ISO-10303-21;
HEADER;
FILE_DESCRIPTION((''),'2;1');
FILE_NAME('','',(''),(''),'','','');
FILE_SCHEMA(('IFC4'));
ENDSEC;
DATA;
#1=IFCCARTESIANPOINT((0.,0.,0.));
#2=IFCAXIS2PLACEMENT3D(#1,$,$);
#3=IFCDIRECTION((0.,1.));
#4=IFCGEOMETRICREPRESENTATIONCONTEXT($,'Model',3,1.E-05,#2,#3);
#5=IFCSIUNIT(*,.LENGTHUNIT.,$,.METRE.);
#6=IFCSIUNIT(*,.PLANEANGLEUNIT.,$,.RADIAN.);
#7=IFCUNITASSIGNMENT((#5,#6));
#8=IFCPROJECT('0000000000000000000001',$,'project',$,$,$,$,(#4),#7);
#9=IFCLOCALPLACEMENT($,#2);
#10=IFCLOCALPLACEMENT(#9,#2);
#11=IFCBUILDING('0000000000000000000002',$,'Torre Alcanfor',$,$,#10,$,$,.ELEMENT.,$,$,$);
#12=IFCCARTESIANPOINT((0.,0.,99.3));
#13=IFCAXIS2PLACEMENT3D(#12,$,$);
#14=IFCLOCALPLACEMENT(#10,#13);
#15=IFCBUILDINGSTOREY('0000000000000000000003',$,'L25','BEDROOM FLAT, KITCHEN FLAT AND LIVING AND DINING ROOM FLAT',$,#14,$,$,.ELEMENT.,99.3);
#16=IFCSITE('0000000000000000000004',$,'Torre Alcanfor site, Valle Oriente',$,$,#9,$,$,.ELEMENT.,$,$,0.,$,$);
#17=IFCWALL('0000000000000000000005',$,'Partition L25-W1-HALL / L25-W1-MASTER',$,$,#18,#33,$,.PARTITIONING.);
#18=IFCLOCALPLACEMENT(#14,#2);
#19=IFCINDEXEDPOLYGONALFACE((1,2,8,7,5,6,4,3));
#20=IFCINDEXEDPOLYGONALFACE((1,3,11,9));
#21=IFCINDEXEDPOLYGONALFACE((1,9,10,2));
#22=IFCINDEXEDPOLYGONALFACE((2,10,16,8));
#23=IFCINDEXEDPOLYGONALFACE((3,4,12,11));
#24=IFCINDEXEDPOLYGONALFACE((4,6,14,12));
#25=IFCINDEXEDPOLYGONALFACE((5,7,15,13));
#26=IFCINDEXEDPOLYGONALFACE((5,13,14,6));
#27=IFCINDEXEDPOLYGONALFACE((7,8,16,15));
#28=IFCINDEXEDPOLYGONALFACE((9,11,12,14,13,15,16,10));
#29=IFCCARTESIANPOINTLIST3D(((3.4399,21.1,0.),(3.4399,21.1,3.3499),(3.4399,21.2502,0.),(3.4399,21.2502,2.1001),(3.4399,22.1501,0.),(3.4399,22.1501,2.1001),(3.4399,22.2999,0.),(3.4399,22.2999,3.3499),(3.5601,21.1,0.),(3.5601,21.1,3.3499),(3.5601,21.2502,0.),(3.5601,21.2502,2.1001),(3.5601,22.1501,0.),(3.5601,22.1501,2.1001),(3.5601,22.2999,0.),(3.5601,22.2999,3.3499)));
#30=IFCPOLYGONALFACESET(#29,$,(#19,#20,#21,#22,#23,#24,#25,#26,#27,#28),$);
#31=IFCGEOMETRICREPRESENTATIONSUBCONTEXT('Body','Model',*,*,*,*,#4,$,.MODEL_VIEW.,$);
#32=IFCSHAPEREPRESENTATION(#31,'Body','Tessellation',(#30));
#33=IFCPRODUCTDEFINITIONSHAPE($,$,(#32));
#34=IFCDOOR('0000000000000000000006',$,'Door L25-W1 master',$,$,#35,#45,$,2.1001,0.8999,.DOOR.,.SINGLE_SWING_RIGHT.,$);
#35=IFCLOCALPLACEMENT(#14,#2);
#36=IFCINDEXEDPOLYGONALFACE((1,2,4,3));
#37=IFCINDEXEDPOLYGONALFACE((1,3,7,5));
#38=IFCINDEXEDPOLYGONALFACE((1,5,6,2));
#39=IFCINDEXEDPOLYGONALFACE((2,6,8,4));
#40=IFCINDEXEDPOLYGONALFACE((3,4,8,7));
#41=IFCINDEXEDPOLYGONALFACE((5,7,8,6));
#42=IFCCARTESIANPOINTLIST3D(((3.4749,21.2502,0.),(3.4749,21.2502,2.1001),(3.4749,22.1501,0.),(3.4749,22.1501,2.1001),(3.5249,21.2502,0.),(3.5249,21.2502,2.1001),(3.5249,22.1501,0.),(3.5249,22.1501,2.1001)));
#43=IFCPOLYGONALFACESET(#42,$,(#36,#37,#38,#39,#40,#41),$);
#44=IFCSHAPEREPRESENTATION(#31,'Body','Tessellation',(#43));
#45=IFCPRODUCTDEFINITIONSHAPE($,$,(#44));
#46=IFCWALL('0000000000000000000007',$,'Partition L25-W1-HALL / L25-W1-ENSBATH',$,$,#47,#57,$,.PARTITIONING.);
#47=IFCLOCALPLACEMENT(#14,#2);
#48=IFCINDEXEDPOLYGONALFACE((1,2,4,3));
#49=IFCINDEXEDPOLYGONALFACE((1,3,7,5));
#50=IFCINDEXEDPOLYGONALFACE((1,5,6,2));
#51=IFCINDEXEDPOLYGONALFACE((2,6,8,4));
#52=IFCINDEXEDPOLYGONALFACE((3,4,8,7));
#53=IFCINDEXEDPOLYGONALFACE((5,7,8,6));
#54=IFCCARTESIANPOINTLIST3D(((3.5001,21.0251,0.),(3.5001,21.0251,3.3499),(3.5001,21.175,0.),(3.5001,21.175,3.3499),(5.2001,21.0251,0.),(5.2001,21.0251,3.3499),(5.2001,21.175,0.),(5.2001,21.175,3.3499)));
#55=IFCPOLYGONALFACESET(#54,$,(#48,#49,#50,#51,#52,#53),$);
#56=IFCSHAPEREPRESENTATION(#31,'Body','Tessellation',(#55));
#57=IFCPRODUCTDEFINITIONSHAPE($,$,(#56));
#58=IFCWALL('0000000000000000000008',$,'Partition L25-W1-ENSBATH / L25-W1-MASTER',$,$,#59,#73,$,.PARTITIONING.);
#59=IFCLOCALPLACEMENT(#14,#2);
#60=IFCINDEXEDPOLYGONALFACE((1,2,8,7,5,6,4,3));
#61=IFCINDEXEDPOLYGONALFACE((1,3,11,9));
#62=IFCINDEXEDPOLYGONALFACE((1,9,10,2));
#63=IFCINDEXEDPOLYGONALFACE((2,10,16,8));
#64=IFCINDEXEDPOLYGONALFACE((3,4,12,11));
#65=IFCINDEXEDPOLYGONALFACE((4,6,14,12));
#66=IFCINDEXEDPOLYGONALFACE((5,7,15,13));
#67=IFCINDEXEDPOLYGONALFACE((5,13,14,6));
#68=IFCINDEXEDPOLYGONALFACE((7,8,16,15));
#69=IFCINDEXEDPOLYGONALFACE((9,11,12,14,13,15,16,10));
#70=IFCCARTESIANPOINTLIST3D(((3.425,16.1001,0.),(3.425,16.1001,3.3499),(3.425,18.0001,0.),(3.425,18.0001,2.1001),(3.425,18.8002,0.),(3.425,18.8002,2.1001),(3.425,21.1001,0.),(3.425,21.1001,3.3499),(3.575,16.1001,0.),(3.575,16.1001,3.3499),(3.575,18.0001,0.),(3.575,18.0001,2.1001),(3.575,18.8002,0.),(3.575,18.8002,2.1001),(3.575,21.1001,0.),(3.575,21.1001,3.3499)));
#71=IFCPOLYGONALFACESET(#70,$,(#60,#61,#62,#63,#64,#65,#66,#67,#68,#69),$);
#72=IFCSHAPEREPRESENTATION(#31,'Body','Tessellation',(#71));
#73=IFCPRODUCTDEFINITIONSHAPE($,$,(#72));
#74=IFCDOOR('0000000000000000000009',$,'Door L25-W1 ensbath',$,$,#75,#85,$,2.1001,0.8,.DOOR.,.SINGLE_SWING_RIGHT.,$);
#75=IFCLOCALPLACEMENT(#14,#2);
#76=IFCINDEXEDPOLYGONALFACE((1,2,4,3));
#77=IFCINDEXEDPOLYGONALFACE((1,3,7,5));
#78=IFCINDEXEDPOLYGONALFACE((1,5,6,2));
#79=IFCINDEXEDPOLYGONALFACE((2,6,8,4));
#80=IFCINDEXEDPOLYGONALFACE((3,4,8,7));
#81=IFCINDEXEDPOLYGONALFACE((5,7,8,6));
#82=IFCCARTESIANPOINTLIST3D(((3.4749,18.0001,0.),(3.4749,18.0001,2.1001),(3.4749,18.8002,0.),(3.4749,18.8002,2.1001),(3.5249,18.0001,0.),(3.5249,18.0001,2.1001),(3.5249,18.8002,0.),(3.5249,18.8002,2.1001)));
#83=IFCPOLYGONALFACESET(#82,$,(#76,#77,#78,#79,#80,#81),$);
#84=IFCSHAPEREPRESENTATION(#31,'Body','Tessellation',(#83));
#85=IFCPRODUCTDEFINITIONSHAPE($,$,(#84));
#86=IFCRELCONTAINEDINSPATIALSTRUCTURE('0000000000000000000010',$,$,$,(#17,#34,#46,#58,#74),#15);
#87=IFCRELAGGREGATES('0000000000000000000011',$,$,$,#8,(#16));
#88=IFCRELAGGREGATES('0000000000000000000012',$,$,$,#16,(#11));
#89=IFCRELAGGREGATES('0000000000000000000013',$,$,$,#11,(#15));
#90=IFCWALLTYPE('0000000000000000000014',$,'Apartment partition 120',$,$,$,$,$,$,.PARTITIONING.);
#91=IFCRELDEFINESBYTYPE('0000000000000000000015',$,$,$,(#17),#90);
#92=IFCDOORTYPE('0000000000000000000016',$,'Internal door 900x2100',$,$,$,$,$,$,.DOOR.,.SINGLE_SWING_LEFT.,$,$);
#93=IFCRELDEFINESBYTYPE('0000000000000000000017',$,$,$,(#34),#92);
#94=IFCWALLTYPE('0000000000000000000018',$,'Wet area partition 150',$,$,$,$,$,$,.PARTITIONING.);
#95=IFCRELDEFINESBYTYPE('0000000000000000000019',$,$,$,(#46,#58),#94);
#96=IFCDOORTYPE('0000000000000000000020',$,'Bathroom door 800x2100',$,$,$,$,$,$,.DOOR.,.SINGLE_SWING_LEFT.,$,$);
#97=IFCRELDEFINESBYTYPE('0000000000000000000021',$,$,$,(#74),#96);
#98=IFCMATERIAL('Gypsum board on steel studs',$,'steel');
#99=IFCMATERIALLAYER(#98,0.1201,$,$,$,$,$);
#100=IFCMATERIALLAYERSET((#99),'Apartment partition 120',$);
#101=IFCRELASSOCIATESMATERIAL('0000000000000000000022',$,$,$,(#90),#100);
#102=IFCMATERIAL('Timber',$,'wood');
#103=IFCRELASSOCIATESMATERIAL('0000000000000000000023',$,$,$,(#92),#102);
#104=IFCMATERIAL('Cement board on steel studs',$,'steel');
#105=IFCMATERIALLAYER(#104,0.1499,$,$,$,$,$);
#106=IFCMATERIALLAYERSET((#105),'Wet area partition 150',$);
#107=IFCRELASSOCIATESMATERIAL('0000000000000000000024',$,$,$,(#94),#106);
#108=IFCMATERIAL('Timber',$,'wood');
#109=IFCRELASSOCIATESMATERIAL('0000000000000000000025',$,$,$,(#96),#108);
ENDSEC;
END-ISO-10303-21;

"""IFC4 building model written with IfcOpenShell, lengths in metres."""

from ifc_helpers import new_model, si_unit, direction, frame, frame_2d, origin, place, context, subcontext, project, spatial, rectangle, extrude, material, layer, layer_set, type_object, element, fill, save


model = new_model("IFC4")

# Units and contexts
model_context = context("Model", 3, precision=1e-05, world=origin(), true_north=direction((0.0, 1.0)))
body_context = subcontext(model_context, "Body", "Model", "MODEL_VIEW")
ifc_project = project(units=[si_unit("LENGTHUNIT", "METRE"), si_unit("PLANEANGLEUNIT", "RADIAN")], contexts=[model_context])

# Site, building, storey
site_placement = place(None, origin())
site = spatial("IfcSite", under=ifc_project, at=site_placement, Name="Torre Alcanfor site, Valle Oriente", CompositionType="ELEMENT", RefElevation=0.0)
building_placement = place(site_placement, origin())
building = spatial("IfcBuilding", under=site, at=building_placement, Name="Torre Alcanfor", CompositionType="ELEMENT")
storey_placement = place(building_placement, frame((0.0, 0.0, 99.3)))
storey = spatial("IfcBuildingStorey", under=building, at=storey_placement, Name="L25", Description="BEDROOM FLAT, KITCHEN FLAT AND LIVING AND DINING ROOM FLAT", CompositionType="ELEMENT", Elevation=99.3)

# Shared definitions
ifc_material_1 = material(Name="Gypsum board on steel studs", Category="steel")
ifc_layer_1 = layer(ifc_material_1, 0.1201)
ifc_layer_set_1 = layer_set([ifc_layer_1], Name="Apartment partition 120")
wall_type_1 = type_object("IfcWallType", Name="Apartment partition 120", PredefinedType="PARTITIONING", material=ifc_layer_set_1)

# Wall, opening, door
wall_1_placement = place(storey_placement, frame((3.5, 22.3, 0.0), z_axis=(0.0, 0.0, 1.0), x_axis=(0.0, -1.0, 0.0)))
wall_1 = element("IfcWall", 1, at=wall_1_placement, inside=storey, type_object=wall_type_1, Name="Partition L25-W1-HALL / L25-W1-MASTER", PredefinedType="PARTITIONING", context=body_context, shape_type="SweptSolid", body=[
    extrude(rectangle(XDim=1.2, YDim=0.1201, at=frame_2d((0.6001, 0.0))), origin(), (0.0, 0.0, 1.0), 3.3499),
])
opening_1_placement = place(wall_1_placement, frame((0.1499, 0.0, 0.0)))
opening_1 = element("IfcOpeningElement", 2, at=opening_1_placement, cuts=wall_1, PredefinedType="OPENING", context=body_context, shape_type="SweptSolid", body=[
    extrude(rectangle(XDim=0.8999, YDim=2.1001, at=frame_2d((0.45, 1.05))), frame((0.0, 0.0701, 0.0), z_axis=(0.0, -1.0, 0.0), x_axis=(1.0, 0.0, 0.0)), (0.0, 0.0, 1.0), 0.1401),
])
ifc_material_2 = material(Name="Timber", Category="wood")
door_type_1 = type_object("IfcDoorType", Name="Internal door 900x2100", OperationType="SINGLE_SWING_LEFT", PredefinedType="DOOR", material=ifc_material_2)
door_1_placement = place(opening_1_placement, frame((0.8999, 0.0, 0.0), z_axis=(0.0, 0.0, 1.0), x_axis=(-1.0, 0.0, 0.0)))
door_1 = element("IfcDoor", 3, at=door_1_placement, inside=storey, type_object=door_type_1, Name="Door L25-W1 master", OperationType="SINGLE_SWING_RIGHT", OverallHeight=2.1001, OverallWidth=0.8999, PredefinedType="DOOR", context=body_context, shape_type="SweptSolid", body=[
    extrude(rectangle(XDim=0.8999, YDim=2.1001, at=frame_2d((0.45, 1.05))), frame((0.0, 0.0251, 0.0), z_axis=(0.0, -1.0, 0.0), x_axis=(1.0, 0.0, 0.0)), (0.0, 0.0, 1.0), 0.05),
])
fill(opening_1, door_1)

# Wall
ifc_material_3 = material(Name="Cement board on steel studs", Category="steel")
ifc_layer_2 = layer(ifc_material_3, 0.1499)
ifc_layer_set_2 = layer_set([ifc_layer_2], Name="Wet area partition 150")
wall_type_2 = type_object("IfcWallType", Name="Wet area partition 150", PredefinedType="PARTITIONING", material=ifc_layer_set_2)
wall_2_placement = place(storey_placement, frame((3.5, 21.1001, 0.0), z_axis=(0.0, 0.0, 1.0), x_axis=(1.0, 0.0, 0.0)))
element("IfcWall", 4, at=wall_2_placement, inside=storey, type_object=wall_type_2, Name="Partition L25-W1-HALL / L25-W1-ENSBATH", PredefinedType="PARTITIONING", context=body_context, shape_type="SweptSolid", body=[
    extrude(rectangle(XDim=1.7, YDim=0.1499, at=frame_2d((0.8501, 0.0))), origin(), (0.0, 0.0, 1.0), 3.3499),
])

# Wall, opening, door
wall_3_placement = place(storey_placement, frame((3.5, 21.1001, 0.0), z_axis=(0.0, 0.0, 1.0), x_axis=(0.0, -1.0, 0.0)))
wall_3 = element("IfcWall", 5, at=wall_3_placement, inside=storey, type_object=wall_type_2, Name="Partition L25-W1-ENSBATH / L25-W1-MASTER", PredefinedType="PARTITIONING", context=body_context, shape_type="SweptSolid", body=[
    extrude(rectangle(XDim=5.0, YDim=0.1499, at=frame_2d((2.5, 0.0))), origin(), (0.0, 0.0, 1.0), 3.3499),
])
opening_2_placement = place(wall_3_placement, frame((2.3, 0.0, 0.0)))
opening_2 = element("IfcOpeningElement", 6, at=opening_2_placement, cuts=wall_3, PredefinedType="OPENING", context=body_context, shape_type="SweptSolid", body=[
    extrude(rectangle(XDim=0.8, YDim=2.1001, at=frame_2d((0.3999, 1.05))), frame((0.0, 0.085, 0.0), z_axis=(0.0, -1.0, 0.0), x_axis=(1.0, 0.0, 0.0)), (0.0, 0.0, 1.0), 0.1699),
])
ifc_material_4 = material(Name="Timber", Category="wood")
door_type_2 = type_object("IfcDoorType", Name="Bathroom door 800x2100", OperationType="SINGLE_SWING_LEFT", PredefinedType="DOOR", material=ifc_material_4)
door_2_placement = place(opening_2_placement, origin())
door_2 = element("IfcDoor", 7, at=door_2_placement, inside=storey, type_object=door_type_2, Name="Door L25-W1 ensbath", OperationType="SINGLE_SWING_RIGHT", OverallHeight=2.1001, OverallWidth=0.8, PredefinedType="DOOR", context=body_context, shape_type="SweptSolid", body=[
    extrude(rectangle(XDim=0.8, YDim=2.1001, at=frame_2d((0.3999, 1.05))), frame((0.0, 0.0249, 0.0), z_axis=(0.0, -1.0, 0.0), x_axis=(1.0, 0.0, 0.0)), (0.0, 0.0, 1.0), 0.05),
])
fill(opening_2, door_2)

save(model, "model.ifc")
